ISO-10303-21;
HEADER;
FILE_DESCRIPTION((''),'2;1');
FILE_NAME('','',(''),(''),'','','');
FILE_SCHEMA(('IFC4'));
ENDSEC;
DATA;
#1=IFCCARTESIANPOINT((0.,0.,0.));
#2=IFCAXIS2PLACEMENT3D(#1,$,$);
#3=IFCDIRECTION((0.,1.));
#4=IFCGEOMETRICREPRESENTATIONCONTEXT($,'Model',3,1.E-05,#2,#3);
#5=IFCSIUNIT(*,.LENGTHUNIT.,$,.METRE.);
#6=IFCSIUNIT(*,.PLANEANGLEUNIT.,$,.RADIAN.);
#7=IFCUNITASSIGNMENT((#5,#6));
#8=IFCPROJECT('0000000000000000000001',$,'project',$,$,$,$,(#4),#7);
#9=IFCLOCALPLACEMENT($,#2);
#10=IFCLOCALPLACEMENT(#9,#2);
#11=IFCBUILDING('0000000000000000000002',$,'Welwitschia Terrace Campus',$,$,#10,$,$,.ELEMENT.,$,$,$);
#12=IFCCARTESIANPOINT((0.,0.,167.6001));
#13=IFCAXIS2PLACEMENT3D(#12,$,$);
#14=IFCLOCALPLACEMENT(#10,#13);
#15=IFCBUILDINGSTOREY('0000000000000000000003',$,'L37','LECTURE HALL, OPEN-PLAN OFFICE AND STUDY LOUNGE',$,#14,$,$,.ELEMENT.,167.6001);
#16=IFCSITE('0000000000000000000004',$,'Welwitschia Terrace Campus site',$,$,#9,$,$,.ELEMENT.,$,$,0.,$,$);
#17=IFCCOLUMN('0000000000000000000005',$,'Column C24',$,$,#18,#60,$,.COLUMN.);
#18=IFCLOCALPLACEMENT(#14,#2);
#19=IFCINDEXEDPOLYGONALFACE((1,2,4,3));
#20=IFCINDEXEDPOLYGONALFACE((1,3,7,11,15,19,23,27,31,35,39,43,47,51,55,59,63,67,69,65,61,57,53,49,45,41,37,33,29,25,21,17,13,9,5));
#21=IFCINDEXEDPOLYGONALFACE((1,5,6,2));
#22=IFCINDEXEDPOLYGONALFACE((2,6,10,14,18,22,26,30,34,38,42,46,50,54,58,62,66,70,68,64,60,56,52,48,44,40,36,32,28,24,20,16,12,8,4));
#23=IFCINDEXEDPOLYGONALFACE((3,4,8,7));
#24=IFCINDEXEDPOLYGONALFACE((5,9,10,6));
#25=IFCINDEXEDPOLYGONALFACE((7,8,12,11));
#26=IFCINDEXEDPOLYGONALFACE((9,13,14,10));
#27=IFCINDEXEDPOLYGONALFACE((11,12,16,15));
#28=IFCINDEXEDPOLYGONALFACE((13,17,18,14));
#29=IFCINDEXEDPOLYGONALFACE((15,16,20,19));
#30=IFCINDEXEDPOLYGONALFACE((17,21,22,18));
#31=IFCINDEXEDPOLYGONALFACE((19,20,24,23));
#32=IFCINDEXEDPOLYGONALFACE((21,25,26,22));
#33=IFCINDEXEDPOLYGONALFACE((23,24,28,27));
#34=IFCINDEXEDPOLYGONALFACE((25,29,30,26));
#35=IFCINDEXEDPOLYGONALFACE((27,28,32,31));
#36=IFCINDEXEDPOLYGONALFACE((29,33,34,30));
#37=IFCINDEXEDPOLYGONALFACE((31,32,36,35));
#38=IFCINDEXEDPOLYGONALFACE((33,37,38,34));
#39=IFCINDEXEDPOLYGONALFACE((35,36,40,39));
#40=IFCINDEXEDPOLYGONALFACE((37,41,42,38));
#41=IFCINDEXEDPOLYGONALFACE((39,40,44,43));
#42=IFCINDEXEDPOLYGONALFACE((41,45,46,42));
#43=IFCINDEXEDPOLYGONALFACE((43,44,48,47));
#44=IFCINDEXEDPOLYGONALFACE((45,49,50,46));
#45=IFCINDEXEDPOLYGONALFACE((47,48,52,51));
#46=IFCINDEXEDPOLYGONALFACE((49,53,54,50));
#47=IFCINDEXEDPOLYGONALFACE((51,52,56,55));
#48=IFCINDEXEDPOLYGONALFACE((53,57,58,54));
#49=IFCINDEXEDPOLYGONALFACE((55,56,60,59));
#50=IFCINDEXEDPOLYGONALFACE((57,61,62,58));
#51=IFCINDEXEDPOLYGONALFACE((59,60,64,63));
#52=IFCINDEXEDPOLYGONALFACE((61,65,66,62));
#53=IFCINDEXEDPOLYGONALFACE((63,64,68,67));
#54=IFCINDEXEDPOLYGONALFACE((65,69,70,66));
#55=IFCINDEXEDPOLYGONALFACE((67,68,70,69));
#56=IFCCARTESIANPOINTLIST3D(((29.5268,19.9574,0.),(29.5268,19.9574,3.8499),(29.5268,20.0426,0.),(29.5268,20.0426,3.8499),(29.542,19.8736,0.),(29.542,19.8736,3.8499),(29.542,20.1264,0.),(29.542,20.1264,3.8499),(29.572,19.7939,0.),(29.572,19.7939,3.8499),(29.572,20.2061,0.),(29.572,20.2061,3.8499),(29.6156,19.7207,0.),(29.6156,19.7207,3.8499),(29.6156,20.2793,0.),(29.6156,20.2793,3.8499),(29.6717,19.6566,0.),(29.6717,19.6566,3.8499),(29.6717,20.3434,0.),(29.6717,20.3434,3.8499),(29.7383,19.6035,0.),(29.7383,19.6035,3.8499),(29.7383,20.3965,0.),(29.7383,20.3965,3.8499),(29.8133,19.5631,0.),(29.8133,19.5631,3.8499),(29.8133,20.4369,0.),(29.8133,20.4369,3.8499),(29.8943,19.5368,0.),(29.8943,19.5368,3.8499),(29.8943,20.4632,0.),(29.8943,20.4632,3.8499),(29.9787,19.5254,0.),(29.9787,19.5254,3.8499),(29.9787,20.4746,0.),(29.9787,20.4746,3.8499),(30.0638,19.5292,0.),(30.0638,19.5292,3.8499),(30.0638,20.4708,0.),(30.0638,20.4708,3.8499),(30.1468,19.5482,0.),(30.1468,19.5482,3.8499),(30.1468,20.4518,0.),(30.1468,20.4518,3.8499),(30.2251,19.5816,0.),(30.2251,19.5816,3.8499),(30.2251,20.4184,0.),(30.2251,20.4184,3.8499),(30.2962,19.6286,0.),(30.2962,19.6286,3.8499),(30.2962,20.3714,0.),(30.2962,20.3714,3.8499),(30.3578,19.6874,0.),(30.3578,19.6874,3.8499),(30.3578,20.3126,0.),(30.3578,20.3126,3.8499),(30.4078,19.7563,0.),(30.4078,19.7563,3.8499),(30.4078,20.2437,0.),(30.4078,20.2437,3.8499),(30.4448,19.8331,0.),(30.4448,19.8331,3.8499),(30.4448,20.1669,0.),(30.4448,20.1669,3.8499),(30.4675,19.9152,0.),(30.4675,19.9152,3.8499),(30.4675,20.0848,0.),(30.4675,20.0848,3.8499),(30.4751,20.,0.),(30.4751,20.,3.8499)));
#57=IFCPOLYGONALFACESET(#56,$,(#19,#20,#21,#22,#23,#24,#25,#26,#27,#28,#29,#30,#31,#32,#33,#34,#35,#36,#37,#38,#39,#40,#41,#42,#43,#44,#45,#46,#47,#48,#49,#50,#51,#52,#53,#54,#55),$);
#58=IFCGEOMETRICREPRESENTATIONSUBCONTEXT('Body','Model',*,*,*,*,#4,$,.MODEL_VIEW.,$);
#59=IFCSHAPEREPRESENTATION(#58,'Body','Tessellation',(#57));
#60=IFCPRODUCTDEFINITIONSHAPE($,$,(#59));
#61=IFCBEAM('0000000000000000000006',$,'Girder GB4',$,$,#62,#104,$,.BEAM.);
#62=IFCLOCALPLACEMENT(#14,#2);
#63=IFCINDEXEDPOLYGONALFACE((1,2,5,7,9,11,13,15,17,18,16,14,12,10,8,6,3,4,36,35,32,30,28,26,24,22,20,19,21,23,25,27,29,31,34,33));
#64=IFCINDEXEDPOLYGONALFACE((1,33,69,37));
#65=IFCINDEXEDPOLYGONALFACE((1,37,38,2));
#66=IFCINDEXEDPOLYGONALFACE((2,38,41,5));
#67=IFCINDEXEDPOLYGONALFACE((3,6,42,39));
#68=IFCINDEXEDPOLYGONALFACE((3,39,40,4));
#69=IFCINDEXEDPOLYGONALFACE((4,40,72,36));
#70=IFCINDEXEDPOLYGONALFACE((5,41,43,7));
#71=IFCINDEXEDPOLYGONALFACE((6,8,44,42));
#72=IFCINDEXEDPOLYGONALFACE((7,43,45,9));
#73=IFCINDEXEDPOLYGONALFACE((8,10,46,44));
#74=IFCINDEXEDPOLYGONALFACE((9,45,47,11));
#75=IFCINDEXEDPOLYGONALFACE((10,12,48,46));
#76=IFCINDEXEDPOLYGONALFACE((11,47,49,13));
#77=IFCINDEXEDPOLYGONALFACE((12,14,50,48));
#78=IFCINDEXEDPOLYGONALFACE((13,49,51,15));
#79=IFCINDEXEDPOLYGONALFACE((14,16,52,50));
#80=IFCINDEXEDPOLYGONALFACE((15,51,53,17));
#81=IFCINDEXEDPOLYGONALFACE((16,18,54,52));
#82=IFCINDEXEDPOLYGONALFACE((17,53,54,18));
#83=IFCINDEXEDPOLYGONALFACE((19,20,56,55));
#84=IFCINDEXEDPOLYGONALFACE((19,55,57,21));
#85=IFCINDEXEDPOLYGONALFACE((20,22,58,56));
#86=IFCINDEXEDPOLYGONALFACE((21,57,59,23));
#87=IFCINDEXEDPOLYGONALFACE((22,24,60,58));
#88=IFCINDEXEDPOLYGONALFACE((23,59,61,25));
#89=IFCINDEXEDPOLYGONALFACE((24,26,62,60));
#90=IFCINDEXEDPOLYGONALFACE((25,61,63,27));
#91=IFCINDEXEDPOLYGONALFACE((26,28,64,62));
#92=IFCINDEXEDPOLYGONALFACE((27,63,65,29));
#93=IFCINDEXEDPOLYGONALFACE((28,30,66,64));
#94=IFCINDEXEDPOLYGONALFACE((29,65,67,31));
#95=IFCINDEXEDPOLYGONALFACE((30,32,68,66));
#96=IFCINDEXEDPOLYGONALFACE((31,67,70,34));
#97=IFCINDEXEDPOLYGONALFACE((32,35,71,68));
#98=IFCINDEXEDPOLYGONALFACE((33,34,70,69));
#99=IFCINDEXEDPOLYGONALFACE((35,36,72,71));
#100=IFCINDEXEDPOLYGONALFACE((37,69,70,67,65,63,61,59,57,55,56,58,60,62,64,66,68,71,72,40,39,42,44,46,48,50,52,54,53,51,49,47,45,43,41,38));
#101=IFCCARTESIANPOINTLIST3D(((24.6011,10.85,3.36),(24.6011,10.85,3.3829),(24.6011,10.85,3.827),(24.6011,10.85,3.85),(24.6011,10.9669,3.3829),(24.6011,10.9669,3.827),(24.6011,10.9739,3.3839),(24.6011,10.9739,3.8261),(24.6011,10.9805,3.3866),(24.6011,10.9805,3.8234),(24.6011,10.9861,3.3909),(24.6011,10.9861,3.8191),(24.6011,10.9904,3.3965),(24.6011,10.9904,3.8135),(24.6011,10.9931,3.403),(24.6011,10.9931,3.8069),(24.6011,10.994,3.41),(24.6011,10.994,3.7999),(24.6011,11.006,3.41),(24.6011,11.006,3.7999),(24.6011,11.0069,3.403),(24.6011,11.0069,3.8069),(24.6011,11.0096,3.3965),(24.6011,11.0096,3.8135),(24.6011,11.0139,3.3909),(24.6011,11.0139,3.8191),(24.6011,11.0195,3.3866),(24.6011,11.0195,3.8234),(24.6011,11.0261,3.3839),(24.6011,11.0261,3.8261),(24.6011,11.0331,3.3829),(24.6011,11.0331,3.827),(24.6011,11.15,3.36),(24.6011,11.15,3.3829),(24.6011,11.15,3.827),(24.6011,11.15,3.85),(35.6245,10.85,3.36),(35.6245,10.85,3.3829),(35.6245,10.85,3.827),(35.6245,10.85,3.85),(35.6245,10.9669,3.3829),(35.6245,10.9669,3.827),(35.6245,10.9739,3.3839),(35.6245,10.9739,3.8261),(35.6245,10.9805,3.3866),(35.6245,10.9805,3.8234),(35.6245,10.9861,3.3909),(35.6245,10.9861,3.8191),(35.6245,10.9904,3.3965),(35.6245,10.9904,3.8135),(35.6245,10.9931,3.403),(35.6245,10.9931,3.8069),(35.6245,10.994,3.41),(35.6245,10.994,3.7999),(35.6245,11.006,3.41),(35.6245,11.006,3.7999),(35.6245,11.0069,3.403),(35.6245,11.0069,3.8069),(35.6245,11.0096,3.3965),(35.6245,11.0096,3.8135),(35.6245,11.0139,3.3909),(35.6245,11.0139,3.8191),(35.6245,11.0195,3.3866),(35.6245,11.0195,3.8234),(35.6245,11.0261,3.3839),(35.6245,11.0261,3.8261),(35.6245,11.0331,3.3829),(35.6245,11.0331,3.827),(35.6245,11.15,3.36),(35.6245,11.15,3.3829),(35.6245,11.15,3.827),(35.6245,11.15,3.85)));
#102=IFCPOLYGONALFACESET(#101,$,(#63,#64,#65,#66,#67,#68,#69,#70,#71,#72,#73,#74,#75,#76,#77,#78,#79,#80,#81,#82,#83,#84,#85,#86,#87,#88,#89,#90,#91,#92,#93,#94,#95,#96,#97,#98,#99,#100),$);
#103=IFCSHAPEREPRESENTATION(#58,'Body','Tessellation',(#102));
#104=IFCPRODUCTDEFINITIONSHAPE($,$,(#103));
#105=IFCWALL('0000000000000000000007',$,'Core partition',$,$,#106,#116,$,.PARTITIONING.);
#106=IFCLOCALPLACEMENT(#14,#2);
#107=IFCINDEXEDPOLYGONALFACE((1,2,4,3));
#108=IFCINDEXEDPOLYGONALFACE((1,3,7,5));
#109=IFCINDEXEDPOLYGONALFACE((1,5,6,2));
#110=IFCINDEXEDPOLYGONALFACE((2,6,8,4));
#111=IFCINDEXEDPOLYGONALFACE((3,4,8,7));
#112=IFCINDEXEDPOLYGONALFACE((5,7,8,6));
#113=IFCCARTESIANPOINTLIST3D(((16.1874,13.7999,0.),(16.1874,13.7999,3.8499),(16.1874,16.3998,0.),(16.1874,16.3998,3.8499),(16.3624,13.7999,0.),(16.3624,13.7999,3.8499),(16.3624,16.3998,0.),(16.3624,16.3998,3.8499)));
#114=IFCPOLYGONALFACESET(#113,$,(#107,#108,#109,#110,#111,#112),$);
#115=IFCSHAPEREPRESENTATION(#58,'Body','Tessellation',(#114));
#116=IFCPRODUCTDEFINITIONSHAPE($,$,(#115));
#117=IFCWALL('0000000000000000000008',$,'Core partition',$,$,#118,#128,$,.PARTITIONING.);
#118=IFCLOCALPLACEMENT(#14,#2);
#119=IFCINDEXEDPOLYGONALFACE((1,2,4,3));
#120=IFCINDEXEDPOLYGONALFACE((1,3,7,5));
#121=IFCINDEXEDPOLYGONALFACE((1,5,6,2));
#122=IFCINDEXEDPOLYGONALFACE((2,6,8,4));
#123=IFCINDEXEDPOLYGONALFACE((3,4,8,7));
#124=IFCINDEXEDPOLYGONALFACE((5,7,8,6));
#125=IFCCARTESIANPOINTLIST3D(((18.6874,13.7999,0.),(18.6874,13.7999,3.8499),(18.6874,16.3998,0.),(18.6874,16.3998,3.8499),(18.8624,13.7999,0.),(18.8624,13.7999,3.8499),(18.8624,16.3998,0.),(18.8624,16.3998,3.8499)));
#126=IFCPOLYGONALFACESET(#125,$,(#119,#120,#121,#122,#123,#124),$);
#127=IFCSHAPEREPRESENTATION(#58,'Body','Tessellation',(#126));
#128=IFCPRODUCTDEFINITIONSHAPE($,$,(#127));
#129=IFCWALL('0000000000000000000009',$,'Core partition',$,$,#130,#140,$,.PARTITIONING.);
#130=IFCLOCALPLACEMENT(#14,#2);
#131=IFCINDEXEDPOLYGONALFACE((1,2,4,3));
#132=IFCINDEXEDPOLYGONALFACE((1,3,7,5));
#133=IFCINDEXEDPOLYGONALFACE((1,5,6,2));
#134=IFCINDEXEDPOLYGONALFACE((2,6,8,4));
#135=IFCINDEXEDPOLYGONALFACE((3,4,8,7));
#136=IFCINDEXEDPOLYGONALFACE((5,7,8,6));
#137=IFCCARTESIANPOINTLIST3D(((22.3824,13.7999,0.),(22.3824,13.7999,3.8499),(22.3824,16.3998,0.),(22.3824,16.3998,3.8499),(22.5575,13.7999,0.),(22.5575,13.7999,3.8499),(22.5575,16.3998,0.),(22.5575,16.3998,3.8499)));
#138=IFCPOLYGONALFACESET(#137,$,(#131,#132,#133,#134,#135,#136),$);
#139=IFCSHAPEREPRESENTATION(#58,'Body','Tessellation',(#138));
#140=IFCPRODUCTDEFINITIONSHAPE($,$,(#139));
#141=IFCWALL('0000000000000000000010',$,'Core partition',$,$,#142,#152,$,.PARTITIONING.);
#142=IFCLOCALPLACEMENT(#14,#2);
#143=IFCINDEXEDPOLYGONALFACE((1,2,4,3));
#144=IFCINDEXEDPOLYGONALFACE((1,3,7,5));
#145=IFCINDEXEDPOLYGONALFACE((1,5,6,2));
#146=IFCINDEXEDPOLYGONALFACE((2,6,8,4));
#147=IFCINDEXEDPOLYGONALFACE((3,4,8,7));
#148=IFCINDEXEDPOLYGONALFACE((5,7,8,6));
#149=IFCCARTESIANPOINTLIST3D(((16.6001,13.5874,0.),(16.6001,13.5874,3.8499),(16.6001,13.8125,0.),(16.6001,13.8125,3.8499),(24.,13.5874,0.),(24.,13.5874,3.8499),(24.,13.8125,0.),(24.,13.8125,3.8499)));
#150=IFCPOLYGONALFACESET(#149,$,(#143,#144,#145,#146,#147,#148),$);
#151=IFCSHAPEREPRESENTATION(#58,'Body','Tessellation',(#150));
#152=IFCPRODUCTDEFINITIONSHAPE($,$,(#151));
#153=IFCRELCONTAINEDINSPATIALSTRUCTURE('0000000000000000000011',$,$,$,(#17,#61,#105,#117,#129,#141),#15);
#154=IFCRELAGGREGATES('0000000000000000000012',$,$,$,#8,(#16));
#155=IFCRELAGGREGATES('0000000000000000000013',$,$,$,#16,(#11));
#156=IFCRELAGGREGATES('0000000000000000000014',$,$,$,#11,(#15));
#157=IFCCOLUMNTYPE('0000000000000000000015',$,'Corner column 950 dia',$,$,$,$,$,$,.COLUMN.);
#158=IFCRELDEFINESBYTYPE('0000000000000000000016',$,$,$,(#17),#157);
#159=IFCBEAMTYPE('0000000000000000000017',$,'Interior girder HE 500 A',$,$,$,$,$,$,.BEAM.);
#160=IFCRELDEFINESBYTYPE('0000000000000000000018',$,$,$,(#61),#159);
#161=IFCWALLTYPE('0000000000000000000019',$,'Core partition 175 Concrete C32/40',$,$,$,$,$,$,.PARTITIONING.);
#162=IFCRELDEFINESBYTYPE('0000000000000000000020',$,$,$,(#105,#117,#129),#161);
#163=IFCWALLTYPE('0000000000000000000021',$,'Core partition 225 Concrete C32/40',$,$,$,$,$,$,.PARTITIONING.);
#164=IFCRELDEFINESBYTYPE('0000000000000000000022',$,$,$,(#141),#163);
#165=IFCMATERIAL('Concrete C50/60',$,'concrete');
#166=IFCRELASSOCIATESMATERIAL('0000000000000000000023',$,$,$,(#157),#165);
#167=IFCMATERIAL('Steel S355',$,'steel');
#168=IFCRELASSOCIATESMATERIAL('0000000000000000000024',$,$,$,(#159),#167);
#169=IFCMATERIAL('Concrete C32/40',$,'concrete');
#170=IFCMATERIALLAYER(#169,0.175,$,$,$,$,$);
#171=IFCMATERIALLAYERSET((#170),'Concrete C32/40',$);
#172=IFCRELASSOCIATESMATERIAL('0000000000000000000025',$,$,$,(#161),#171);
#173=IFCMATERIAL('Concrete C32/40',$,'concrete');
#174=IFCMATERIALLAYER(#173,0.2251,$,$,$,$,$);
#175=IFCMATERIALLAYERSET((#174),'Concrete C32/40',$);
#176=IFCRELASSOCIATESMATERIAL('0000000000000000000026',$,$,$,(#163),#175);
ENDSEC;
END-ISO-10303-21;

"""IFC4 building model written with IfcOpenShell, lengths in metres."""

from ifc_helpers import new_model, si_unit, direction, frame, frame_2d, origin, origin_2d, place, context, subcontext, project, spatial, rectangle, circle, i_section, extrude, material, layer, layer_set, material_profile, profile_set, type_object, element, save


model = new_model("IFC4")

# Units and contexts
model_context = context("Model", 3, precision=1e-05, world=origin(), true_north=direction((0.0, 1.0)))
body_context = subcontext(model_context, "Body", "Model", "MODEL_VIEW")
ifc_project = project(units=[si_unit("LENGTHUNIT", "METRE"), si_unit("PLANEANGLEUNIT", "RADIAN")], contexts=[model_context])

# Site, building, storey
site_placement = place(None, origin())
site = spatial("IfcSite", under=ifc_project, at=site_placement, Name="Welwitschia Terrace Campus site", CompositionType="ELEMENT", RefElevation=0.0)
building_placement = place(site_placement, origin())
building = spatial("IfcBuilding", under=site, at=building_placement, Name="Welwitschia Terrace Campus", CompositionType="ELEMENT")
storey_placement = place(building_placement, frame((0.0, 0.0, 167.6001)))
storey = spatial("IfcBuildingStorey", under=building, at=storey_placement, Name="L37", Description="LECTURE HALL, OPEN-PLAN OFFICE AND STUDY LOUNGE", CompositionType="ELEMENT", Elevation=167.6001)

# Column
ifc_material_1 = material(Name="Concrete C50/60", Category="concrete")
ifc_material_profile_1 = material_profile(ifc_material_1, circle(Radius=0.4751, at=origin_2d()))
ifc_profile_set_1 = profile_set([ifc_material_profile_1], Name="Concrete C50/60")
column_type = type_object("IfcColumnType", Name="Corner column 950 dia", PredefinedType="COLUMN", material=ifc_profile_set_1)
column_placement = place(storey_placement, frame((30.0, 20.0, 0.0), z_axis=(0.0, 0.0, 1.0), x_axis=(1.0, 0.0, 0.0)))
element("IfcColumn", 1, at=column_placement, inside=storey, type_object=column_type, Name="Column C24", PredefinedType="COLUMN", context=body_context, shape_type="SweptSolid", body=[
    extrude(circle(Radius=0.4751, at=origin_2d()), origin(), (0.0, 0.0, 1.0), 3.8499),
])

# Beam
ifc_material_2 = material(Name="Steel S355", Category="steel")
ifc_material_profile_2 = material_profile(ifc_material_2, i_section(OverallWidth=0.3, OverallDepth=0.49, WebThickness=0.012, FlangeThickness=0.0229, FilletRadius=0.0271, at=origin_2d()))
ifc_profile_set_2 = profile_set([ifc_material_profile_2], Name="Steel S355")
beam_type = type_object("IfcBeamType", Name="Interior girder HE 500 A", PredefinedType="BEAM", material=ifc_profile_set_2)
beam_placement = place(storey_placement, frame((24.6011, 11.0, 3.605), z_axis=(1.0, 0.0, 0.0), x_axis=(0.0, 1.0, 0.0)))
element("IfcBeam", 2, at=beam_placement, inside=storey, type_object=beam_type, Name="Girder GB4", PredefinedType="BEAM", context=body_context, shape_type="SweptSolid", body=[
    extrude(i_section(OverallWidth=0.3, OverallDepth=0.49, WebThickness=0.012, FlangeThickness=0.0229, FilletRadius=0.0271, at=origin_2d()), origin(), (0.0, 0.0, 1.0), 11.0234),
])

# Walls
ifc_material_3 = material(Name="Concrete C32/40", Category="concrete")
ifc_layer_1 = layer(ifc_material_3, 0.175)
ifc_layer_set_1 = layer_set([ifc_layer_1], Name="Concrete C32/40")
wall_type_1 = type_object("IfcWallType", Name="Core partition 175 Concrete C32/40", PredefinedType="PARTITIONING", material=ifc_layer_set_1)
for number, where, z_axis, x_axis, name in (
    (3, (16.2749, 13.8, 0.0), (0.0, 0.0, 1.0), (0.0, 1.0, 0.0), "Core partition"),
    (4, (18.7749, 13.8, 0.0), (0.0, 0.0, 1.0), (0.0, 1.0, 0.0), "Core partition"),
    (5, (22.47, 13.8, 0.0), (0.0, 0.0, 1.0), (0.0, 1.0, 0.0), "Core partition"),
):
    element("IfcWall", number, at=place(storey_placement, frame(where, z_axis=z_axis, x_axis=x_axis)), inside=storey, type_object=wall_type_1, Name=name, PredefinedType="PARTITIONING", context=body_context, shape_type="SweptSolid", body=[
        extrude(rectangle(XDim=2.5999, YDim=0.175, at=frame_2d((1.2998, 0.0))), origin(), (0.0, 0.0, 1.0), 3.8499),
    ])
ifc_material_4 = material(Name="Concrete C32/40", Category="concrete")
ifc_layer_2 = layer(ifc_material_4, 0.2251)
ifc_layer_set_2 = layer_set([ifc_layer_2], Name="Concrete C32/40")
wall_type_2 = type_object("IfcWallType", Name="Core partition 225 Concrete C32/40", PredefinedType="PARTITIONING", material=ifc_layer_set_2)
wall_1_placement = place(storey_placement, frame((16.6001, 13.7, 0.0), z_axis=(0.0, 0.0, 1.0), x_axis=(1.0, 0.0, 0.0)))
element("IfcWall", 6, at=wall_1_placement, inside=storey, type_object=wall_type_2, Name="Core partition", PredefinedType="PARTITIONING", context=body_context, shape_type="SweptSolid", body=[
    extrude(rectangle(XDim=7.3999, YDim=0.2251, at=frame_2d((3.7, 0.0))), origin(), (0.0, 0.0, 1.0), 3.8499),
])

save(model, "model.ifc")
